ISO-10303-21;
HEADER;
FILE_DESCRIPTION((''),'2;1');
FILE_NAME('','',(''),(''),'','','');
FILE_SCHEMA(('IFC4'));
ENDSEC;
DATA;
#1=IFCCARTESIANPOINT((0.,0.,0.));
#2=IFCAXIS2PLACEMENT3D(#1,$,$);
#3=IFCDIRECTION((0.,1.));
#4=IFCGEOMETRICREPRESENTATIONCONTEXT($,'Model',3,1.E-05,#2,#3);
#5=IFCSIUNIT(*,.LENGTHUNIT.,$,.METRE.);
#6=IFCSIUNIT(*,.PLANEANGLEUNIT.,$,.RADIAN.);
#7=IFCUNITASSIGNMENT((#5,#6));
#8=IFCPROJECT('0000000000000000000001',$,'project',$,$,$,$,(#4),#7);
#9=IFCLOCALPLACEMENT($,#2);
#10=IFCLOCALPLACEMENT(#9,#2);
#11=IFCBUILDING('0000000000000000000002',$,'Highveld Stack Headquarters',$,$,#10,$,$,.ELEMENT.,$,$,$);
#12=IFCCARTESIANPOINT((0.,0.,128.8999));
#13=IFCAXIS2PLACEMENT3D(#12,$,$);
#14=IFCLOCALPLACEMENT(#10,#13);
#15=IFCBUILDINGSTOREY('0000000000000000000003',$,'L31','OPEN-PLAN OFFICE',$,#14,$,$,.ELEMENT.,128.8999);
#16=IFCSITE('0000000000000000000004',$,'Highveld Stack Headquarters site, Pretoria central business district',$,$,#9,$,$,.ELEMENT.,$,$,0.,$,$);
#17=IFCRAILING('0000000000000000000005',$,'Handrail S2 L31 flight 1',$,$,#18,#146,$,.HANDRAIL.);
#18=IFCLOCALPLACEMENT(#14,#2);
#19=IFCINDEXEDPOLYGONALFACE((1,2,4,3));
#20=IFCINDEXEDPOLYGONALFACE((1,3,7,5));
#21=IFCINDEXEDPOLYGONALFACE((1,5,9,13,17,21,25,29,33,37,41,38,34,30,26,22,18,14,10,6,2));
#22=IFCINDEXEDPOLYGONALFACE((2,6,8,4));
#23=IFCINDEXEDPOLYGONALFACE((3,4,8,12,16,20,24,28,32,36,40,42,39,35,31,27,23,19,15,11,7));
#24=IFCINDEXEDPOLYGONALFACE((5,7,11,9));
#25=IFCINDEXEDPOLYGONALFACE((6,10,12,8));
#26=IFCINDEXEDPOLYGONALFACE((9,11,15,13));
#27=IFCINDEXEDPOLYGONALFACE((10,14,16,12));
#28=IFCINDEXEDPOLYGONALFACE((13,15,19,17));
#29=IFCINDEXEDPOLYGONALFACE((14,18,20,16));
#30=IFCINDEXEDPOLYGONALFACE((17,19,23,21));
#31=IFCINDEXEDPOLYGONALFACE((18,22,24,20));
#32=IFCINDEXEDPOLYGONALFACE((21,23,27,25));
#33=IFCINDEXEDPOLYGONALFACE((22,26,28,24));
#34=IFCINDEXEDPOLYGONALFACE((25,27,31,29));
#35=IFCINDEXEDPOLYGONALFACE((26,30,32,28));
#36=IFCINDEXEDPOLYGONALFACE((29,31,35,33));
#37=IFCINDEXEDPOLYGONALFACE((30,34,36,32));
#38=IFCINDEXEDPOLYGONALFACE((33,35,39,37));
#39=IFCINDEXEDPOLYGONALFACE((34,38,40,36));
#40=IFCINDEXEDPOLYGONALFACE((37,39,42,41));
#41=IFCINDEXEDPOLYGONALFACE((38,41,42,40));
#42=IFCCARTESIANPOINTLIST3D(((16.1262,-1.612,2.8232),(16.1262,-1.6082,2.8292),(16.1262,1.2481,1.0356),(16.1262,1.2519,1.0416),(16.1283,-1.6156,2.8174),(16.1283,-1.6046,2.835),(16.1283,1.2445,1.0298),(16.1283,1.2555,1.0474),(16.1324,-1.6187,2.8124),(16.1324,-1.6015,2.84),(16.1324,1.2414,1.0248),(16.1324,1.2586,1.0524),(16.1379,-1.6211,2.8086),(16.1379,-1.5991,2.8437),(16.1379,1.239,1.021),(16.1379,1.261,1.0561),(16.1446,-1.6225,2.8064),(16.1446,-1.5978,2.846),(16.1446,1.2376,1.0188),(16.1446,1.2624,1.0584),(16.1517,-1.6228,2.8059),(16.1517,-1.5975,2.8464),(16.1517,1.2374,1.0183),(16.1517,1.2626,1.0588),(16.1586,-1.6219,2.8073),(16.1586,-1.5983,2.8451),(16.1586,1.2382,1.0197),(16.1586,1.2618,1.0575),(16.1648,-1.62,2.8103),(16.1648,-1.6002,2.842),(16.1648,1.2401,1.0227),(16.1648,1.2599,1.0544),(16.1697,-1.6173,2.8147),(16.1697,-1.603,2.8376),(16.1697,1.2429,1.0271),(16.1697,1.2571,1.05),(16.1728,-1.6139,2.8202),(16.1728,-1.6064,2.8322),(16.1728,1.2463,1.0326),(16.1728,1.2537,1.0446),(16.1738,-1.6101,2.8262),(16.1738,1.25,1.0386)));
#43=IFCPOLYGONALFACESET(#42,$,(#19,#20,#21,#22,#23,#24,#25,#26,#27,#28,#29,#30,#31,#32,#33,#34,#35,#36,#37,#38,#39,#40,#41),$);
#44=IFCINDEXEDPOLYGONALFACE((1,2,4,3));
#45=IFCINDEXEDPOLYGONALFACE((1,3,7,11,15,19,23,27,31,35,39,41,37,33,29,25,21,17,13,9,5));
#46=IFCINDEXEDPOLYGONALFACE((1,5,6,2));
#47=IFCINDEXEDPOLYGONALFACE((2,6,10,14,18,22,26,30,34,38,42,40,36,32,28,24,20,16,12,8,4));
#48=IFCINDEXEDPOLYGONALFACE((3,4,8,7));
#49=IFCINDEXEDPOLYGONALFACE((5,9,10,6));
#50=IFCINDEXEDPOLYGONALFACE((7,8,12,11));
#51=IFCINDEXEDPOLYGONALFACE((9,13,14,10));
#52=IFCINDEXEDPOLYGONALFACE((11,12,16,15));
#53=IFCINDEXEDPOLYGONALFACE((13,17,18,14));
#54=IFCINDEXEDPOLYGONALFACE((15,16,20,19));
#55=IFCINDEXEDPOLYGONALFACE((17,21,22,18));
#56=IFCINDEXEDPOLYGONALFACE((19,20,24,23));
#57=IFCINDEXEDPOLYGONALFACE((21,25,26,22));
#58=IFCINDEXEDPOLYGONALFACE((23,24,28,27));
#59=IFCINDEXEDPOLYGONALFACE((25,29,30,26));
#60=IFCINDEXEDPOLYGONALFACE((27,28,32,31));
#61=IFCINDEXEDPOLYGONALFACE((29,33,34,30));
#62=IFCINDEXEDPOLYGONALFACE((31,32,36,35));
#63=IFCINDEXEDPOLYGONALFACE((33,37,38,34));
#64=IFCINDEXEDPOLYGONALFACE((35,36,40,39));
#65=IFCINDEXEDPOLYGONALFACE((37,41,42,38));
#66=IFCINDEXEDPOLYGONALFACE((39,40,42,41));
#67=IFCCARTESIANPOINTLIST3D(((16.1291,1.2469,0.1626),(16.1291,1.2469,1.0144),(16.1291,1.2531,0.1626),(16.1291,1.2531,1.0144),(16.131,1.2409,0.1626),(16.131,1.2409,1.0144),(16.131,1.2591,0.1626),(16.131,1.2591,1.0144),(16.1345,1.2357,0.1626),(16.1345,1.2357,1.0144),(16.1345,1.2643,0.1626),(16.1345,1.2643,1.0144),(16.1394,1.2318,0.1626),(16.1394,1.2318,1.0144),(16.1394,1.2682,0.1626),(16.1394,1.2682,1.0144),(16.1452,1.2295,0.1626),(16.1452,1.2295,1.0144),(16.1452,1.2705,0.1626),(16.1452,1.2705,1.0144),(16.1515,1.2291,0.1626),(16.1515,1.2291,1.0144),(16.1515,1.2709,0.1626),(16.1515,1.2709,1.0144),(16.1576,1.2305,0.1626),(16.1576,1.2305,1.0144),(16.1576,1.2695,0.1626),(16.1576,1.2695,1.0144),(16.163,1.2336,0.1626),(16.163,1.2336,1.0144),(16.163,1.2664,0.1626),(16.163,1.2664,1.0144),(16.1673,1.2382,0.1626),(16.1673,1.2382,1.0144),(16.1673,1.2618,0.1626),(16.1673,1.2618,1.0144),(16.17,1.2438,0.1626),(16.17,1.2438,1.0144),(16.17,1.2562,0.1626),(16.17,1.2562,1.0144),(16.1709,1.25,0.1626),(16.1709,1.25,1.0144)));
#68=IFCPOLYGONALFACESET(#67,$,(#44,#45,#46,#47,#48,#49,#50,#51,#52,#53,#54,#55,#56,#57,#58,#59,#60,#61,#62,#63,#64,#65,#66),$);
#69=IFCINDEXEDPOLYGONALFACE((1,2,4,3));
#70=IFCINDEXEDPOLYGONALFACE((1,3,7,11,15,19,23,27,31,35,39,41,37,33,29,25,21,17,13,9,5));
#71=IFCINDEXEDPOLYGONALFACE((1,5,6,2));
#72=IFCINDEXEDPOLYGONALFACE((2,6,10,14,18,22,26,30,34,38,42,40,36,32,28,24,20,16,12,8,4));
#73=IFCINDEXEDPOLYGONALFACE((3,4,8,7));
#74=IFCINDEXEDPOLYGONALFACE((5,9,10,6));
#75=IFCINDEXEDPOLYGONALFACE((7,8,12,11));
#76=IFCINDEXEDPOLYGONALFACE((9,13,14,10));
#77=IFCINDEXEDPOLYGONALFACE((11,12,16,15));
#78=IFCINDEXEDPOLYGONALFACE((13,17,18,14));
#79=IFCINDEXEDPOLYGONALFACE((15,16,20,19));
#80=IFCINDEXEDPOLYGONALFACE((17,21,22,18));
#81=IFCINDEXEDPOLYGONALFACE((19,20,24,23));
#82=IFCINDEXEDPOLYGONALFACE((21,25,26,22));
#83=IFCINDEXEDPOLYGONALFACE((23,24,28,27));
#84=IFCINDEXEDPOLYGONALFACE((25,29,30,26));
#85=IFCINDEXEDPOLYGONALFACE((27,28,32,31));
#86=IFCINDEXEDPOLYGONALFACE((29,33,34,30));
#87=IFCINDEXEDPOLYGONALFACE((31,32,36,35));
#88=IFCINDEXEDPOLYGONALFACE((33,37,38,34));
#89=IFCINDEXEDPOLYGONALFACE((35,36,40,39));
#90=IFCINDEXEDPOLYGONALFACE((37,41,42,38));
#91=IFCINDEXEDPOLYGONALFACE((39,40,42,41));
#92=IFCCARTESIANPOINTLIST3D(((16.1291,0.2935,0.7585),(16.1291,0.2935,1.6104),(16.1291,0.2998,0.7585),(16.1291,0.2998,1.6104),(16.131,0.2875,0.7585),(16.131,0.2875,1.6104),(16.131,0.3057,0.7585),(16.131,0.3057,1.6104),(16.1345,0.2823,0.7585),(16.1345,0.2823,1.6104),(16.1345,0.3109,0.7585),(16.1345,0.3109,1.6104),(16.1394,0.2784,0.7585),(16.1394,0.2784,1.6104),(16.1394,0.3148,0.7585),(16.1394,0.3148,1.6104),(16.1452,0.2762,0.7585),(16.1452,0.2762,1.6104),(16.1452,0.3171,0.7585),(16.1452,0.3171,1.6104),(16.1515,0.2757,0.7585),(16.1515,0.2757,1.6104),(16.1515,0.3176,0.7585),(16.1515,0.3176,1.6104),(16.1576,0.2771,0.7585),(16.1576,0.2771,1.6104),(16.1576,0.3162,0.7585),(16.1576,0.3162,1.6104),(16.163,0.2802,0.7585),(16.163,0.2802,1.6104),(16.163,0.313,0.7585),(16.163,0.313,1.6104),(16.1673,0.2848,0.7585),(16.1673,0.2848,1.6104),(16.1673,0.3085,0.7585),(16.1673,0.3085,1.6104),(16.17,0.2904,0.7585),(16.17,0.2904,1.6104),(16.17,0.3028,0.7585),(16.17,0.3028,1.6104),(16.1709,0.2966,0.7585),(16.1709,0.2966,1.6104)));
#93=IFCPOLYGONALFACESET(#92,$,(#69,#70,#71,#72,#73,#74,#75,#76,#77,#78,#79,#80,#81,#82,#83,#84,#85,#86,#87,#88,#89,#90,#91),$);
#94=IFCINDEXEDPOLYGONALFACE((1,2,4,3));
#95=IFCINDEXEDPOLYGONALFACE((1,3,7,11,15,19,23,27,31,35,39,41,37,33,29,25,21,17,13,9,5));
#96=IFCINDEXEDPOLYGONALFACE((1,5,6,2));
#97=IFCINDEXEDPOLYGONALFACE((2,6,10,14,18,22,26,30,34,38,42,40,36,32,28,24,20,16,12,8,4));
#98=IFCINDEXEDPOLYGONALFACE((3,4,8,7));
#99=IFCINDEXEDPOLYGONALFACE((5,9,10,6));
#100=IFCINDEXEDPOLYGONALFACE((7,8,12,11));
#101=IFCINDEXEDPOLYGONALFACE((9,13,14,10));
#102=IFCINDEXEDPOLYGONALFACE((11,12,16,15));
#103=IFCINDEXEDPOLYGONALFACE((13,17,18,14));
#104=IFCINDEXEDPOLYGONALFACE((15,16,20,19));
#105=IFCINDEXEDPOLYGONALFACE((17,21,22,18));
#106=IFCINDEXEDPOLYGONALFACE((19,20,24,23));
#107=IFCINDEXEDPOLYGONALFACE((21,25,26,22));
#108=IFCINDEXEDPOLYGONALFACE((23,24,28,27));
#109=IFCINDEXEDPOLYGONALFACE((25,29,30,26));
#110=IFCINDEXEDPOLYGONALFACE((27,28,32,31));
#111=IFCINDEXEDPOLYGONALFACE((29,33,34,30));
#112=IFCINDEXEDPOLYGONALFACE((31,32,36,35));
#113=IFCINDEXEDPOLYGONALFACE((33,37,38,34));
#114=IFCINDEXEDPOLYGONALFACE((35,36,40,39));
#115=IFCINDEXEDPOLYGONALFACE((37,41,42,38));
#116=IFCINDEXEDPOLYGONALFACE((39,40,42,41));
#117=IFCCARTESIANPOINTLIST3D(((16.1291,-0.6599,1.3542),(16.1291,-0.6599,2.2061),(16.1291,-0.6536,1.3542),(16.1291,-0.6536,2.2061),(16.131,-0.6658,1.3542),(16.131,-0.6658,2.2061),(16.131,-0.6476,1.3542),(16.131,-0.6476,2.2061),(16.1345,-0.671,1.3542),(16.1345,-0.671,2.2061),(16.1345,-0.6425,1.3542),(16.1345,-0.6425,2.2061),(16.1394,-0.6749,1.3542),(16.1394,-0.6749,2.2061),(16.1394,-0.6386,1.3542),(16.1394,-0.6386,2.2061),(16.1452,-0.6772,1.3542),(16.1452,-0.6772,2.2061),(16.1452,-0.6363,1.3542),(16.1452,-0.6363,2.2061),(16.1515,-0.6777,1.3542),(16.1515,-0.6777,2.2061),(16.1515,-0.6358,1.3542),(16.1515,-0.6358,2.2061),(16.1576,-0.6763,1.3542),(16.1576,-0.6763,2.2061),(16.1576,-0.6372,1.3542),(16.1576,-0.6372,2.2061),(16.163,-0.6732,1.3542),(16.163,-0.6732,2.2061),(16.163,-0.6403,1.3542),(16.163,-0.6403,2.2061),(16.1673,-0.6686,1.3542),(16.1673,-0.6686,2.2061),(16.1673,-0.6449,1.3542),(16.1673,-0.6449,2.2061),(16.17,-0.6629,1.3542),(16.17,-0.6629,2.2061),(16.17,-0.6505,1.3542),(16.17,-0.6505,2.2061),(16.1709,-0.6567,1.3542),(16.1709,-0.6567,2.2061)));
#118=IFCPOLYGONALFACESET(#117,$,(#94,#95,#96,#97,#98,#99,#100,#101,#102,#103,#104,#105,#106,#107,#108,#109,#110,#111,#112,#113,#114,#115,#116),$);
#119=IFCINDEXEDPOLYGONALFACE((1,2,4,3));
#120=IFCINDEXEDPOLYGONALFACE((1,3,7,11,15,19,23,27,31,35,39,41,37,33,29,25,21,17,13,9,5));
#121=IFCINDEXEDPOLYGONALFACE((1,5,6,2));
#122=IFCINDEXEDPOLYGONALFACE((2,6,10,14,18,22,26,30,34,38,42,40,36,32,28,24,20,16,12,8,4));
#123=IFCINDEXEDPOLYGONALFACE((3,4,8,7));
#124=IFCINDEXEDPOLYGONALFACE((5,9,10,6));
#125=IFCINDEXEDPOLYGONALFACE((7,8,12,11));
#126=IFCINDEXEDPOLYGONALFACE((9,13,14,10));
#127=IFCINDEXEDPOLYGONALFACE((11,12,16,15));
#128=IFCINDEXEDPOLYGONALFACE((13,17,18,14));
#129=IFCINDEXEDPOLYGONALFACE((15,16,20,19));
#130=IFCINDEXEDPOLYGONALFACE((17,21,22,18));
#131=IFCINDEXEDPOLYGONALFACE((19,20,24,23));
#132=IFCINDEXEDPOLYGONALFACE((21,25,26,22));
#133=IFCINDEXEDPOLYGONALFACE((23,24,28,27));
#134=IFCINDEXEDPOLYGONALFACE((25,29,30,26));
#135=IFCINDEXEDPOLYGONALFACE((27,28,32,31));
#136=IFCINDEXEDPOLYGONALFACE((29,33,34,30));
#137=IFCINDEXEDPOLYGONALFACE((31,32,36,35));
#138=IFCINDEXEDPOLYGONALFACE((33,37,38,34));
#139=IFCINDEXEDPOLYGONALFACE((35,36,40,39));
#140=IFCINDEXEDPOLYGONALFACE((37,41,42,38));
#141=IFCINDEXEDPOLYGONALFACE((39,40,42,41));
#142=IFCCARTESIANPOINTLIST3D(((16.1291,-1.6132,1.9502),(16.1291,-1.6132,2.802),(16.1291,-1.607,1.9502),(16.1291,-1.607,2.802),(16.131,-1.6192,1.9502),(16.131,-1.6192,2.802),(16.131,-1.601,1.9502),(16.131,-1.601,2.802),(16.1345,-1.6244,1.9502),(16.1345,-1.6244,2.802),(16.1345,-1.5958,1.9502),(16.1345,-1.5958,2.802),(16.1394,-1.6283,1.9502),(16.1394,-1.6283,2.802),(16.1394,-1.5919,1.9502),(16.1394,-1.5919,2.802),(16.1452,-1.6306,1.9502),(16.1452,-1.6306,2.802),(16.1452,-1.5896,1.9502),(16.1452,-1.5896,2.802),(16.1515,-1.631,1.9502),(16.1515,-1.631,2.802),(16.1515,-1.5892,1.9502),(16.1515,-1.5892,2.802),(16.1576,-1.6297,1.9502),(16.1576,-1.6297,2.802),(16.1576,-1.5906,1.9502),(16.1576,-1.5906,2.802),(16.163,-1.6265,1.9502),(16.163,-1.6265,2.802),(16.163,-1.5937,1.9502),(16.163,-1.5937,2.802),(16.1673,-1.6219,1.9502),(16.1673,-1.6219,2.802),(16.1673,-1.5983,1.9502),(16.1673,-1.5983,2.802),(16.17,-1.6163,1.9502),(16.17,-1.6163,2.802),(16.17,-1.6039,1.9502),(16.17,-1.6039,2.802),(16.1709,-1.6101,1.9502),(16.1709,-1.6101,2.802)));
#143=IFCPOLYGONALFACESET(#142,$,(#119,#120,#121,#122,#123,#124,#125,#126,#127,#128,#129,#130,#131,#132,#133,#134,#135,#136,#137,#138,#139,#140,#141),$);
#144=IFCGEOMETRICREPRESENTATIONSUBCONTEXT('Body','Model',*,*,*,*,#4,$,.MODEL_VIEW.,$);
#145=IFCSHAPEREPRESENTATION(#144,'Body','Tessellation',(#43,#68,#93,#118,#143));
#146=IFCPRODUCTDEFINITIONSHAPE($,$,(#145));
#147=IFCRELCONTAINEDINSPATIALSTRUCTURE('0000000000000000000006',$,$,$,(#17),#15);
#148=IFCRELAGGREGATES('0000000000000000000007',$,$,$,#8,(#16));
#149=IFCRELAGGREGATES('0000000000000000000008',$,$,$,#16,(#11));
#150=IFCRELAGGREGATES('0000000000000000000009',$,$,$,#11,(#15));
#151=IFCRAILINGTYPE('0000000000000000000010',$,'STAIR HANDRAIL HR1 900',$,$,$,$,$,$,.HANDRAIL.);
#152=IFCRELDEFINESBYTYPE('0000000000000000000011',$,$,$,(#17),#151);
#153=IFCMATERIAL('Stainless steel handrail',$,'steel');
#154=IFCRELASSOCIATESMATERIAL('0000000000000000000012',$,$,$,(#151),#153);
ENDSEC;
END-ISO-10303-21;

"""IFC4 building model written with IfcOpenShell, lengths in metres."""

from ifc_helpers import new_model, si_unit, direction, frame, origin, origin_2d, place, context, subcontext, project, spatial, circle, extrude, material, type_object, element, save


model = new_model("IFC4")

# Units and contexts
model_context = context("Model", 3, precision=1e-05, world=origin(), true_north=direction((0.0, 1.0)))
body_context = subcontext(model_context, "Body", "Model", "MODEL_VIEW")
ifc_project = project(units=[si_unit("LENGTHUNIT", "METRE"), si_unit("PLANEANGLEUNIT", "RADIAN")], contexts=[model_context])

# Site, building, storey
site_placement = place(None, origin())
site = spatial("IfcSite", under=ifc_project, at=site_placement, Name="Highveld Stack Headquarters site, Pretoria central business district", CompositionType="ELEMENT", RefElevation=0.0)
building_placement = place(site_placement, origin())
building = spatial("IfcBuilding", under=site, at=building_placement, Name="Highveld Stack Headquarters", CompositionType="ELEMENT")
storey_placement = place(building_placement, frame((0.0, 0.0, 128.8999)))
storey = spatial("IfcBuildingStorey", under=building, at=storey_placement, Name="L31", Description="OPEN-PLAN OFFICE", CompositionType="ELEMENT", Elevation=128.8999)

# Railing
ifc_material_1 = material(Name="Stainless steel handrail", Category="steel")
railing_type = type_object("IfcRailingType", Name="STAIR HANDRAIL HR1 900", PredefinedType="HANDRAIL", material=ifc_material_1)
for number, where, name in (
    (1, (16.1499, 1.25, 0.1626), "Handrail S2 L31 flight 1"),
):
    element("IfcRailing", number, at=place(storey_placement, frame(where)), inside=storey, type_object=railing_type, Name=name, PredefinedType="HANDRAIL", context=body_context, shape_type="SweptSolid", body=[
        extrude(circle(Radius=0.0239, at=origin_2d()), frame((0.0, 0.0, 0.876), z_axis=(0.0, -0.847994, 0.530005), x_axis=(1.0, 0.0, 0.0)), (0.0, 0.0, 1.0), 3.3728),
        extrude(circle(Radius=0.021, at=origin_2d()), origin(), (0.0, 0.0, 1.0), 0.8518),
        extrude(circle(Radius=0.021, at=origin_2d()), frame((0.0, -0.9534, 0.5959)), (0.0, 0.0, 1.0), 0.8518),
        extrude(circle(Radius=0.021, at=origin_2d()), frame((0.0, -1.9067, 1.1917)), (0.0, 0.0, 1.0), 0.8518),
        extrude(circle(Radius=0.021, at=origin_2d()), frame((0.0, -2.8601, 1.7876)), (0.0, 0.0, 1.0), 0.8518),
    ])

save(model, "model.ifc")
